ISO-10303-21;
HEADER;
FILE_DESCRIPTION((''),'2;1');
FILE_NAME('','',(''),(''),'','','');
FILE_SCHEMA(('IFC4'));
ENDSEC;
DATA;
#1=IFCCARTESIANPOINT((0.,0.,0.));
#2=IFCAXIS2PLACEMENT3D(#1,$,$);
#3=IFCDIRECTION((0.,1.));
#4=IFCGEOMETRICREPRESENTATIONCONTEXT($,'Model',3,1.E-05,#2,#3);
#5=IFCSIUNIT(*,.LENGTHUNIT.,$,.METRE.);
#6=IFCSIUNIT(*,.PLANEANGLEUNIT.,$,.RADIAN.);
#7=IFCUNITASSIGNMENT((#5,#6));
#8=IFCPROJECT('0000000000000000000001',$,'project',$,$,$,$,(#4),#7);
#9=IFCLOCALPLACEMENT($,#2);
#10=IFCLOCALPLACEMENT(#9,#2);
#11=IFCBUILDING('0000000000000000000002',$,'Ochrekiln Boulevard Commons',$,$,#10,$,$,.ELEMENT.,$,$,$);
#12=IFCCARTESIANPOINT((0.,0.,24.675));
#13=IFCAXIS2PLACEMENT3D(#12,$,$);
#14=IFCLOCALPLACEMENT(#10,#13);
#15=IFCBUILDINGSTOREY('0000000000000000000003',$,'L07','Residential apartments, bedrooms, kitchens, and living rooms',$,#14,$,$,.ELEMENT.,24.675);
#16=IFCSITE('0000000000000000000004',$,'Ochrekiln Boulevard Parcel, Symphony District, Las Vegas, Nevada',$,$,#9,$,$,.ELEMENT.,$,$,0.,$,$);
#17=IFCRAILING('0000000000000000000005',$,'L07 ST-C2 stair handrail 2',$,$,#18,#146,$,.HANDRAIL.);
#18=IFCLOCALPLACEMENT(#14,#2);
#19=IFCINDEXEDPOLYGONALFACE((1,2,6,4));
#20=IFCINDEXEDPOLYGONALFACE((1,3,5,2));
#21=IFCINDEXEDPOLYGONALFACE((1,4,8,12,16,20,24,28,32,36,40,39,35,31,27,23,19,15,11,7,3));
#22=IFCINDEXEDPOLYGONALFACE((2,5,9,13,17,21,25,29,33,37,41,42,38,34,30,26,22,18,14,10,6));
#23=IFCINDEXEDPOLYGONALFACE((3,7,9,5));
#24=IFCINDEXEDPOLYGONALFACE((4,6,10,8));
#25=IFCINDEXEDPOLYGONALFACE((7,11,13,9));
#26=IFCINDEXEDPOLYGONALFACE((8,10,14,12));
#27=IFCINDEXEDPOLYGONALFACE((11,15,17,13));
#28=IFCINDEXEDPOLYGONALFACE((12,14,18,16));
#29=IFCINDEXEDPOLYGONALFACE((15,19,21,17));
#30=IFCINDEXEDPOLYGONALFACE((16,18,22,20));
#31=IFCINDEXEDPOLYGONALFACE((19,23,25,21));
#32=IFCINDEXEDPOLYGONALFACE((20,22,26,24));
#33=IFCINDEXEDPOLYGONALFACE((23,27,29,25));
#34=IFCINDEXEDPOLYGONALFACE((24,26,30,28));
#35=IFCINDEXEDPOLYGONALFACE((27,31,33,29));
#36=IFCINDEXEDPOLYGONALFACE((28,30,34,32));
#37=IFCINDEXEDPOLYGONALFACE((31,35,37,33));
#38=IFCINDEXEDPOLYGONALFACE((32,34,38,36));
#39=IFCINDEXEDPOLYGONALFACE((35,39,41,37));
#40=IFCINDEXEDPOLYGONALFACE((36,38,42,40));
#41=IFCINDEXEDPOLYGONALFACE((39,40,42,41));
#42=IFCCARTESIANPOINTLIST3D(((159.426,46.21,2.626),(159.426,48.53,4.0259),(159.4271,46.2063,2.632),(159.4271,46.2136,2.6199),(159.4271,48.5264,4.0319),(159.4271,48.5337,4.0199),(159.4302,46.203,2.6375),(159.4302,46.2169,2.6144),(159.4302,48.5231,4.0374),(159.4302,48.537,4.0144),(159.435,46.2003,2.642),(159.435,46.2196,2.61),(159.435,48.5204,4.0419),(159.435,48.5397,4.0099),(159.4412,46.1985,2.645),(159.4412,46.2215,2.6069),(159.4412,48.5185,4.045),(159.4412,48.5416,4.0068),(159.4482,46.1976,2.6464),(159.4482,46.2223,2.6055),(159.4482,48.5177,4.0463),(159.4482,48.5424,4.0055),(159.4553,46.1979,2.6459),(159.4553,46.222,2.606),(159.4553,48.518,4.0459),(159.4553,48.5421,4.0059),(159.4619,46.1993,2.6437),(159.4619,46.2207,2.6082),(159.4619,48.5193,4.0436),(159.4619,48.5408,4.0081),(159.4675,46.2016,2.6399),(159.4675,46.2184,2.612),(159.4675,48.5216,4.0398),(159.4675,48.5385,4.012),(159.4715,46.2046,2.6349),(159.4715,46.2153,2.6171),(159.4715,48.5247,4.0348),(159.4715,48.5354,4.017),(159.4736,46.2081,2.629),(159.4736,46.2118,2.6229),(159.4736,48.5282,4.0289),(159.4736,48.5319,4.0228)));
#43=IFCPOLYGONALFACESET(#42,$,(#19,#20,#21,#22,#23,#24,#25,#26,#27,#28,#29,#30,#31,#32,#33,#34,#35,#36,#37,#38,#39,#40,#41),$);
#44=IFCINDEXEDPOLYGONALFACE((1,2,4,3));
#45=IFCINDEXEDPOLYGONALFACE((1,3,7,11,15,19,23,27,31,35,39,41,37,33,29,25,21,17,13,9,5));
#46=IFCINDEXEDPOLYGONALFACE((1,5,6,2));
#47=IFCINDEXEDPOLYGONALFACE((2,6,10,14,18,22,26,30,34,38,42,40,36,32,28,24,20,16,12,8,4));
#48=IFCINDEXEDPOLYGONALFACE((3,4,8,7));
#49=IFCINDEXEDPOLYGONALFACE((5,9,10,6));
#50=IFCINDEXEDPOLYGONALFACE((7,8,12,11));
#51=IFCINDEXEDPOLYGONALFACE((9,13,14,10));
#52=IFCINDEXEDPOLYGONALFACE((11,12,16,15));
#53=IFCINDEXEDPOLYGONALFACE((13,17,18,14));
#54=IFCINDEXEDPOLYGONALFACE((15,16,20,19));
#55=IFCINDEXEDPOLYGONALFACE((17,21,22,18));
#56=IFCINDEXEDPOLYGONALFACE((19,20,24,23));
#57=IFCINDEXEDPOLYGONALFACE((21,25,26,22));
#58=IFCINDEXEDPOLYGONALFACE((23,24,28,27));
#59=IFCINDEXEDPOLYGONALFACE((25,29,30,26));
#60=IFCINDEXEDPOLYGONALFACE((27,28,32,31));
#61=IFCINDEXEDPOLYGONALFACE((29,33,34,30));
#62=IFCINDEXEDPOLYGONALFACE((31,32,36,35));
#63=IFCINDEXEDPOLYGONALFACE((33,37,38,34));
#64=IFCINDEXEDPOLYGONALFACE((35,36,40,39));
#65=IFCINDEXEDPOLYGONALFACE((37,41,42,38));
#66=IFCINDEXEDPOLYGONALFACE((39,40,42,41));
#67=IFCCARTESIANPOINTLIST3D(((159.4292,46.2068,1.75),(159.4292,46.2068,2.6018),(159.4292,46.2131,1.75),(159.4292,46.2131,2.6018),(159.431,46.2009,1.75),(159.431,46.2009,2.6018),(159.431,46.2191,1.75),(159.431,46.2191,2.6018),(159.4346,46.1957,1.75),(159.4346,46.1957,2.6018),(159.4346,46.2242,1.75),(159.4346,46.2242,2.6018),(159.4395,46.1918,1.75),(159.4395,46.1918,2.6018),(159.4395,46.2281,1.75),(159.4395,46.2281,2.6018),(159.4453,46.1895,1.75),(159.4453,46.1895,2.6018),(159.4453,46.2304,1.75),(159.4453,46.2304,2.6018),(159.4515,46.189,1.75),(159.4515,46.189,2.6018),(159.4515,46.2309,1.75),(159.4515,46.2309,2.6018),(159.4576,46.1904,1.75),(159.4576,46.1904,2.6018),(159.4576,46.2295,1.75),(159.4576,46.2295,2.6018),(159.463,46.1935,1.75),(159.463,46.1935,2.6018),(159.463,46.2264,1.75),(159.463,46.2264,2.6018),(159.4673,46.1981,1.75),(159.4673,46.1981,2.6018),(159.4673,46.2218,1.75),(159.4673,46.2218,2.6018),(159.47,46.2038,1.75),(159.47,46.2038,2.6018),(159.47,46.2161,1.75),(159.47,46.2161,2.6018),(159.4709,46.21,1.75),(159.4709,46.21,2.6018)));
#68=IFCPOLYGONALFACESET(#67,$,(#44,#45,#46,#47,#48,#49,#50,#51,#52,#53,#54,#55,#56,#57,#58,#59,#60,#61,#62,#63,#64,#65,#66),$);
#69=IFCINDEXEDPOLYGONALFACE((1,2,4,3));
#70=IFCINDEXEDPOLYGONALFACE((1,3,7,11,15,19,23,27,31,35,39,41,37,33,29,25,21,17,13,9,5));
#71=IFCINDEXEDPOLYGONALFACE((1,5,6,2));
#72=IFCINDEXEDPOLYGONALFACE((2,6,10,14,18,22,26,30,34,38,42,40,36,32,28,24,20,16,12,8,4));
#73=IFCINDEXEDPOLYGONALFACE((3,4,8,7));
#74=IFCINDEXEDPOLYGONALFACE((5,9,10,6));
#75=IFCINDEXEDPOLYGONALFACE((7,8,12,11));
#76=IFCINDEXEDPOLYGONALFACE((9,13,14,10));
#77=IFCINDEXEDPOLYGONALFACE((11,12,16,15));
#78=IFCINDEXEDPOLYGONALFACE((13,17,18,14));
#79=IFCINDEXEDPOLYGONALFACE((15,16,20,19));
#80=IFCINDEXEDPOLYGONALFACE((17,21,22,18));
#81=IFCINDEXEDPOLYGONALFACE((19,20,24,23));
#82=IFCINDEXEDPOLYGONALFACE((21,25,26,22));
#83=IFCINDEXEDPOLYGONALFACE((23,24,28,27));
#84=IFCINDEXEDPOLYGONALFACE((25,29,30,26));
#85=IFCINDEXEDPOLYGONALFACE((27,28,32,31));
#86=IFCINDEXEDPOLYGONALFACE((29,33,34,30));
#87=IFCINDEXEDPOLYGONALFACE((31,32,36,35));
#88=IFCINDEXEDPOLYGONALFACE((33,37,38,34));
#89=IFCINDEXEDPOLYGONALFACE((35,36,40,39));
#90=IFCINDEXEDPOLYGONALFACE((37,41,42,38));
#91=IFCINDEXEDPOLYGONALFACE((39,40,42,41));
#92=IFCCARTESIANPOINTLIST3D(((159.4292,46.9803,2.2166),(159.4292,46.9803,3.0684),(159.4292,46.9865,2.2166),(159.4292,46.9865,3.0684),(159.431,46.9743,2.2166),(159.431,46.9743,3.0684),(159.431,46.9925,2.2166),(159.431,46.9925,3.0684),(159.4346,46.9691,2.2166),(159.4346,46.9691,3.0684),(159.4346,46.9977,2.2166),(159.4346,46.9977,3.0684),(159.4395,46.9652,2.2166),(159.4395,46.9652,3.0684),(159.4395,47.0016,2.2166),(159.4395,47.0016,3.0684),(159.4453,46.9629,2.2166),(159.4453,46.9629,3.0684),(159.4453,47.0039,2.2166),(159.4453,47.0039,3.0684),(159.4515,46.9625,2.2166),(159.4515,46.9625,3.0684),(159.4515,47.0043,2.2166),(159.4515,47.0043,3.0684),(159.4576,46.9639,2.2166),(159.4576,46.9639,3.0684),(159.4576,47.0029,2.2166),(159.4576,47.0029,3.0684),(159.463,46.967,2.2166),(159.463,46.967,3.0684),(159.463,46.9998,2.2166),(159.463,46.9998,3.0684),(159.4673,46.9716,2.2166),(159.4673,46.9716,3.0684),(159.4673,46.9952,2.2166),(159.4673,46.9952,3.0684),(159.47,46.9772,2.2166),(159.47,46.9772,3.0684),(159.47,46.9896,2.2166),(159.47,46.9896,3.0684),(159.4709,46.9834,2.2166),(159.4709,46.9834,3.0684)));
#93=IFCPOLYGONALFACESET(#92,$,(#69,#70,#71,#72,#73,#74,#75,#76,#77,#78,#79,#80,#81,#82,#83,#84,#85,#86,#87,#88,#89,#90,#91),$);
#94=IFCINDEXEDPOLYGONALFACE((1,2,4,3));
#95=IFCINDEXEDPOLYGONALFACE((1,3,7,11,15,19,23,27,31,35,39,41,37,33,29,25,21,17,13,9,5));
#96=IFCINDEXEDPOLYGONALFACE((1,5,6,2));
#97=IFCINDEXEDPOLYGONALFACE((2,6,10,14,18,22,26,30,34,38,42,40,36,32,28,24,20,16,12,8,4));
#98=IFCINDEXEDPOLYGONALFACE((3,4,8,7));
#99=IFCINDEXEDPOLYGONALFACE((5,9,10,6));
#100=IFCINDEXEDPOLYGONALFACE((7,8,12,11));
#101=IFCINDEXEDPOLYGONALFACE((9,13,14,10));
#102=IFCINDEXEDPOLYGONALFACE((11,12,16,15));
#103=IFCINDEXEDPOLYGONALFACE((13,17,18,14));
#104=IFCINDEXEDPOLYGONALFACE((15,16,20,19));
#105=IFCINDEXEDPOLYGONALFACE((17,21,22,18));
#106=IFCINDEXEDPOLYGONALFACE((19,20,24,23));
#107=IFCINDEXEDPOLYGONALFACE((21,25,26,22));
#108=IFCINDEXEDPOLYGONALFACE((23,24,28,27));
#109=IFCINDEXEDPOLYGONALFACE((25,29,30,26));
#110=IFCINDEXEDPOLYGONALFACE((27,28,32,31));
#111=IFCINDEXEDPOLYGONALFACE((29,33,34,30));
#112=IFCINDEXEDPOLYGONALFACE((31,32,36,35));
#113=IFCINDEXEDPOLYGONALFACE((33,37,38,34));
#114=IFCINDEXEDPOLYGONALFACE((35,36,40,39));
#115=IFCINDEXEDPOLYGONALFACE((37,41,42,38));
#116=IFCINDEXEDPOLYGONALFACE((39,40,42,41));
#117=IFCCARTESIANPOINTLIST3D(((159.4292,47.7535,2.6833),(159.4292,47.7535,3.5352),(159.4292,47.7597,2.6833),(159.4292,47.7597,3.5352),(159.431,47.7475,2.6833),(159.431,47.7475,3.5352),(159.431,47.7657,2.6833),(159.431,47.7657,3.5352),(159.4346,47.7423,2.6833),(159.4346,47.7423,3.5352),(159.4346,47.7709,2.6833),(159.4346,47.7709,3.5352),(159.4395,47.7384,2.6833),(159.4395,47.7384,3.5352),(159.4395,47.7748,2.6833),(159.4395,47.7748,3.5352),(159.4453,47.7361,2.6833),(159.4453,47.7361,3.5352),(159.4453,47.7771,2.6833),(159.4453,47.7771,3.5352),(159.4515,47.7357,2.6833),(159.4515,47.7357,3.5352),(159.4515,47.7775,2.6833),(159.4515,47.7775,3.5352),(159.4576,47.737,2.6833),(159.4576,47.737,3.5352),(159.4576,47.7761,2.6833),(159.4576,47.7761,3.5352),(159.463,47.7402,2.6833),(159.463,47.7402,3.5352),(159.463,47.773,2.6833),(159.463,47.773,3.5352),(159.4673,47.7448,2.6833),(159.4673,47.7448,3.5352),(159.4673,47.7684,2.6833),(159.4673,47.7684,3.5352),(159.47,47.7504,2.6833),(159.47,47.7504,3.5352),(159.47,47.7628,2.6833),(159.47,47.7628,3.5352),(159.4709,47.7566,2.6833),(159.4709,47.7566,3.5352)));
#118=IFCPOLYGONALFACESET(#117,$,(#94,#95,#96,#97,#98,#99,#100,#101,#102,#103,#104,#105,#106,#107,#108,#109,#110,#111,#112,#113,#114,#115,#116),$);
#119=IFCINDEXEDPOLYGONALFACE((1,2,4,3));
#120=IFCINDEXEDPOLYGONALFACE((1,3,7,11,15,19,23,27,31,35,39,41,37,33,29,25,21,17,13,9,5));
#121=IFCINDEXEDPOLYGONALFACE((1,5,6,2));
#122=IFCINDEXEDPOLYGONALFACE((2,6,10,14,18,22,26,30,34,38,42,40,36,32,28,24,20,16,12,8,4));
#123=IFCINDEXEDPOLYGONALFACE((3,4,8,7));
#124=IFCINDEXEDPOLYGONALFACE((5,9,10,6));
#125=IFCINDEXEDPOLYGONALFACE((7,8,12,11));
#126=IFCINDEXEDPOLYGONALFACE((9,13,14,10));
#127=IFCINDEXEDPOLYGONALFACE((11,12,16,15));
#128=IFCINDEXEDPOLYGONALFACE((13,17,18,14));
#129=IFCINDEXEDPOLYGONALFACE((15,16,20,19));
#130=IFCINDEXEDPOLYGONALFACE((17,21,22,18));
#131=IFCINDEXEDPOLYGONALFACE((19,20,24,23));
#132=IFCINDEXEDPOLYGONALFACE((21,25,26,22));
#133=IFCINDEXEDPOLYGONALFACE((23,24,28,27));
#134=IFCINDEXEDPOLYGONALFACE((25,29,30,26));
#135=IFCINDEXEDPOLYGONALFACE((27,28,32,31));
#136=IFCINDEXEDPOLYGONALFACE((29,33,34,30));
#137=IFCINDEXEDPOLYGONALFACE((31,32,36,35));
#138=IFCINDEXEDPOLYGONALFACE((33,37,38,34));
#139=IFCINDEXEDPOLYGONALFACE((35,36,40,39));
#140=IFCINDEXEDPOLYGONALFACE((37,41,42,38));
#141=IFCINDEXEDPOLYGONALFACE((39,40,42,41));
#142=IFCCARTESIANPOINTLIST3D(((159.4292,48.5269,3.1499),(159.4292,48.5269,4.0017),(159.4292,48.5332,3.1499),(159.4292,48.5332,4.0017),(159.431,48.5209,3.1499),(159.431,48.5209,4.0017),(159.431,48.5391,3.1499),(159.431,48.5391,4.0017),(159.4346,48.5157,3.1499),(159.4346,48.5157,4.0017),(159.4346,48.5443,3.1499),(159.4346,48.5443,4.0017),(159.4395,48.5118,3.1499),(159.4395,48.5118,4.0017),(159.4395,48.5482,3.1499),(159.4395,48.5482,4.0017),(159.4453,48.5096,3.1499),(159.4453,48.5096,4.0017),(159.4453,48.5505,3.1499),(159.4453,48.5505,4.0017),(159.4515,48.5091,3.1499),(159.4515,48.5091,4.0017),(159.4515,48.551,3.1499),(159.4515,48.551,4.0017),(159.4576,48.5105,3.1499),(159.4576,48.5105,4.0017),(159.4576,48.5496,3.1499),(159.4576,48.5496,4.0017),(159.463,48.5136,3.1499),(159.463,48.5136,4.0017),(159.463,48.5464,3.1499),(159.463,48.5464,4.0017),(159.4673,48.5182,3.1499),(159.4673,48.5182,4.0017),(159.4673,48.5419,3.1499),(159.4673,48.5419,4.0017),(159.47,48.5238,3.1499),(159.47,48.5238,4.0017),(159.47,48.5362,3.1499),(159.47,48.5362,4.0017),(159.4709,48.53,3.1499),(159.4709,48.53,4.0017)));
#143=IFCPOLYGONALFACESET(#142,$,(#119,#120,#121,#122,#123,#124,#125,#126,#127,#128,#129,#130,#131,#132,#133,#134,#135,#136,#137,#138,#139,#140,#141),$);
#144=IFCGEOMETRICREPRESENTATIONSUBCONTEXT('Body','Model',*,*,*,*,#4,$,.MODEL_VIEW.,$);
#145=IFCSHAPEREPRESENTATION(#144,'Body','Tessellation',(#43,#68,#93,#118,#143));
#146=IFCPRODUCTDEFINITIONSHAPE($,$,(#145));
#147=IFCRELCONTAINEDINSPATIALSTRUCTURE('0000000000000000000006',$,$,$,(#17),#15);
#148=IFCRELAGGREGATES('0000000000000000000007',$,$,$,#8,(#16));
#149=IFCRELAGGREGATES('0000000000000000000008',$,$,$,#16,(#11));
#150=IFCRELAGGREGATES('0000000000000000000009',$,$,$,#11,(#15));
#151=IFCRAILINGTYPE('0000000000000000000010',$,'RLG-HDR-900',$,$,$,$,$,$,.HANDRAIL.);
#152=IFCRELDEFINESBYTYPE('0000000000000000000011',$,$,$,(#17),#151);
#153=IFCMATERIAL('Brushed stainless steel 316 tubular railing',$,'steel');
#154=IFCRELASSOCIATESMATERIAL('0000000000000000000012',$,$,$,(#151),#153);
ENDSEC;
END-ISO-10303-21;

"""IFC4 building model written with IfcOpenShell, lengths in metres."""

from ifc_helpers import new_model, si_unit, direction, frame, origin, origin_2d, place, context, subcontext, project, spatial, circle, extrude, material, type_object, element, save


model = new_model("IFC4")

# Units and contexts
model_context = context("Model", 3, precision=1e-05, world=origin(), true_north=direction((0.0, 1.0)))
body_context = subcontext(model_context, "Body", "Model", "MODEL_VIEW")
ifc_project = project(units=[si_unit("LENGTHUNIT", "METRE"), si_unit("PLANEANGLEUNIT", "RADIAN")], contexts=[model_context])

# Site, building, storey
site_placement = place(None, origin())
site = spatial("IfcSite", under=ifc_project, at=site_placement, Name="Ochrekiln Boulevard Parcel, Symphony District, Las Vegas, Nevada", CompositionType="ELEMENT", RefElevation=0.0)
building_placement = place(site_placement, origin())
building = spatial("IfcBuilding", under=site, at=building_placement, Name="Ochrekiln Boulevard Commons", CompositionType="ELEMENT")
storey_placement = place(building_placement, frame((0.0, 0.0, 24.675)))
storey = spatial("IfcBuildingStorey", under=building, at=storey_placement, Name="L07", Description="Residential apartments, bedrooms, kitchens, and living rooms", CompositionType="ELEMENT", Elevation=24.675)

# Railing
ifc_material_1 = material(Name="Brushed stainless steel 316 tubular railing", Category="steel")
railing_type = type_object("IfcRailingType", Name="RLG-HDR-900", PredefinedType="HANDRAIL", material=ifc_material_1)
railing_placement = place(storey_placement, frame((159.45, 46.21, 1.75)))
element("IfcRailing", 1, at=railing_placement, inside=storey, type_object=railing_type, Name="L07 ST-C2 stair handrail 2", PredefinedType="HANDRAIL", context=body_context, shape_type="SweptSolid", body=[
    extrude(circle(Radius=0.0239, at=origin_2d()), frame((0.0, 0.0, 0.876), z_axis=(0.0, 0.85621, 0.516627), x_axis=(-1.0, 0.0, 0.0)), (0.0, 0.0, 1.0), 2.7097),
    extrude(circle(Radius=0.021, at=origin_2d()), origin(), (0.0, 0.0, 1.0), 0.8518),
    extrude(circle(Radius=0.021, at=origin_2d()), frame((0.0, 0.7734, 0.4666)), (0.0, 0.0, 1.0), 0.8518),
    extrude(circle(Radius=0.021, at=origin_2d()), frame((0.0, 1.5466, 0.9333)), (0.0, 0.0, 1.0), 0.8518),
    extrude(circle(Radius=0.021, at=origin_2d()), frame((0.0, 2.3201, 1.3999)), (0.0, 0.0, 1.0), 0.8518),
])

save(model, "model.ifc")
